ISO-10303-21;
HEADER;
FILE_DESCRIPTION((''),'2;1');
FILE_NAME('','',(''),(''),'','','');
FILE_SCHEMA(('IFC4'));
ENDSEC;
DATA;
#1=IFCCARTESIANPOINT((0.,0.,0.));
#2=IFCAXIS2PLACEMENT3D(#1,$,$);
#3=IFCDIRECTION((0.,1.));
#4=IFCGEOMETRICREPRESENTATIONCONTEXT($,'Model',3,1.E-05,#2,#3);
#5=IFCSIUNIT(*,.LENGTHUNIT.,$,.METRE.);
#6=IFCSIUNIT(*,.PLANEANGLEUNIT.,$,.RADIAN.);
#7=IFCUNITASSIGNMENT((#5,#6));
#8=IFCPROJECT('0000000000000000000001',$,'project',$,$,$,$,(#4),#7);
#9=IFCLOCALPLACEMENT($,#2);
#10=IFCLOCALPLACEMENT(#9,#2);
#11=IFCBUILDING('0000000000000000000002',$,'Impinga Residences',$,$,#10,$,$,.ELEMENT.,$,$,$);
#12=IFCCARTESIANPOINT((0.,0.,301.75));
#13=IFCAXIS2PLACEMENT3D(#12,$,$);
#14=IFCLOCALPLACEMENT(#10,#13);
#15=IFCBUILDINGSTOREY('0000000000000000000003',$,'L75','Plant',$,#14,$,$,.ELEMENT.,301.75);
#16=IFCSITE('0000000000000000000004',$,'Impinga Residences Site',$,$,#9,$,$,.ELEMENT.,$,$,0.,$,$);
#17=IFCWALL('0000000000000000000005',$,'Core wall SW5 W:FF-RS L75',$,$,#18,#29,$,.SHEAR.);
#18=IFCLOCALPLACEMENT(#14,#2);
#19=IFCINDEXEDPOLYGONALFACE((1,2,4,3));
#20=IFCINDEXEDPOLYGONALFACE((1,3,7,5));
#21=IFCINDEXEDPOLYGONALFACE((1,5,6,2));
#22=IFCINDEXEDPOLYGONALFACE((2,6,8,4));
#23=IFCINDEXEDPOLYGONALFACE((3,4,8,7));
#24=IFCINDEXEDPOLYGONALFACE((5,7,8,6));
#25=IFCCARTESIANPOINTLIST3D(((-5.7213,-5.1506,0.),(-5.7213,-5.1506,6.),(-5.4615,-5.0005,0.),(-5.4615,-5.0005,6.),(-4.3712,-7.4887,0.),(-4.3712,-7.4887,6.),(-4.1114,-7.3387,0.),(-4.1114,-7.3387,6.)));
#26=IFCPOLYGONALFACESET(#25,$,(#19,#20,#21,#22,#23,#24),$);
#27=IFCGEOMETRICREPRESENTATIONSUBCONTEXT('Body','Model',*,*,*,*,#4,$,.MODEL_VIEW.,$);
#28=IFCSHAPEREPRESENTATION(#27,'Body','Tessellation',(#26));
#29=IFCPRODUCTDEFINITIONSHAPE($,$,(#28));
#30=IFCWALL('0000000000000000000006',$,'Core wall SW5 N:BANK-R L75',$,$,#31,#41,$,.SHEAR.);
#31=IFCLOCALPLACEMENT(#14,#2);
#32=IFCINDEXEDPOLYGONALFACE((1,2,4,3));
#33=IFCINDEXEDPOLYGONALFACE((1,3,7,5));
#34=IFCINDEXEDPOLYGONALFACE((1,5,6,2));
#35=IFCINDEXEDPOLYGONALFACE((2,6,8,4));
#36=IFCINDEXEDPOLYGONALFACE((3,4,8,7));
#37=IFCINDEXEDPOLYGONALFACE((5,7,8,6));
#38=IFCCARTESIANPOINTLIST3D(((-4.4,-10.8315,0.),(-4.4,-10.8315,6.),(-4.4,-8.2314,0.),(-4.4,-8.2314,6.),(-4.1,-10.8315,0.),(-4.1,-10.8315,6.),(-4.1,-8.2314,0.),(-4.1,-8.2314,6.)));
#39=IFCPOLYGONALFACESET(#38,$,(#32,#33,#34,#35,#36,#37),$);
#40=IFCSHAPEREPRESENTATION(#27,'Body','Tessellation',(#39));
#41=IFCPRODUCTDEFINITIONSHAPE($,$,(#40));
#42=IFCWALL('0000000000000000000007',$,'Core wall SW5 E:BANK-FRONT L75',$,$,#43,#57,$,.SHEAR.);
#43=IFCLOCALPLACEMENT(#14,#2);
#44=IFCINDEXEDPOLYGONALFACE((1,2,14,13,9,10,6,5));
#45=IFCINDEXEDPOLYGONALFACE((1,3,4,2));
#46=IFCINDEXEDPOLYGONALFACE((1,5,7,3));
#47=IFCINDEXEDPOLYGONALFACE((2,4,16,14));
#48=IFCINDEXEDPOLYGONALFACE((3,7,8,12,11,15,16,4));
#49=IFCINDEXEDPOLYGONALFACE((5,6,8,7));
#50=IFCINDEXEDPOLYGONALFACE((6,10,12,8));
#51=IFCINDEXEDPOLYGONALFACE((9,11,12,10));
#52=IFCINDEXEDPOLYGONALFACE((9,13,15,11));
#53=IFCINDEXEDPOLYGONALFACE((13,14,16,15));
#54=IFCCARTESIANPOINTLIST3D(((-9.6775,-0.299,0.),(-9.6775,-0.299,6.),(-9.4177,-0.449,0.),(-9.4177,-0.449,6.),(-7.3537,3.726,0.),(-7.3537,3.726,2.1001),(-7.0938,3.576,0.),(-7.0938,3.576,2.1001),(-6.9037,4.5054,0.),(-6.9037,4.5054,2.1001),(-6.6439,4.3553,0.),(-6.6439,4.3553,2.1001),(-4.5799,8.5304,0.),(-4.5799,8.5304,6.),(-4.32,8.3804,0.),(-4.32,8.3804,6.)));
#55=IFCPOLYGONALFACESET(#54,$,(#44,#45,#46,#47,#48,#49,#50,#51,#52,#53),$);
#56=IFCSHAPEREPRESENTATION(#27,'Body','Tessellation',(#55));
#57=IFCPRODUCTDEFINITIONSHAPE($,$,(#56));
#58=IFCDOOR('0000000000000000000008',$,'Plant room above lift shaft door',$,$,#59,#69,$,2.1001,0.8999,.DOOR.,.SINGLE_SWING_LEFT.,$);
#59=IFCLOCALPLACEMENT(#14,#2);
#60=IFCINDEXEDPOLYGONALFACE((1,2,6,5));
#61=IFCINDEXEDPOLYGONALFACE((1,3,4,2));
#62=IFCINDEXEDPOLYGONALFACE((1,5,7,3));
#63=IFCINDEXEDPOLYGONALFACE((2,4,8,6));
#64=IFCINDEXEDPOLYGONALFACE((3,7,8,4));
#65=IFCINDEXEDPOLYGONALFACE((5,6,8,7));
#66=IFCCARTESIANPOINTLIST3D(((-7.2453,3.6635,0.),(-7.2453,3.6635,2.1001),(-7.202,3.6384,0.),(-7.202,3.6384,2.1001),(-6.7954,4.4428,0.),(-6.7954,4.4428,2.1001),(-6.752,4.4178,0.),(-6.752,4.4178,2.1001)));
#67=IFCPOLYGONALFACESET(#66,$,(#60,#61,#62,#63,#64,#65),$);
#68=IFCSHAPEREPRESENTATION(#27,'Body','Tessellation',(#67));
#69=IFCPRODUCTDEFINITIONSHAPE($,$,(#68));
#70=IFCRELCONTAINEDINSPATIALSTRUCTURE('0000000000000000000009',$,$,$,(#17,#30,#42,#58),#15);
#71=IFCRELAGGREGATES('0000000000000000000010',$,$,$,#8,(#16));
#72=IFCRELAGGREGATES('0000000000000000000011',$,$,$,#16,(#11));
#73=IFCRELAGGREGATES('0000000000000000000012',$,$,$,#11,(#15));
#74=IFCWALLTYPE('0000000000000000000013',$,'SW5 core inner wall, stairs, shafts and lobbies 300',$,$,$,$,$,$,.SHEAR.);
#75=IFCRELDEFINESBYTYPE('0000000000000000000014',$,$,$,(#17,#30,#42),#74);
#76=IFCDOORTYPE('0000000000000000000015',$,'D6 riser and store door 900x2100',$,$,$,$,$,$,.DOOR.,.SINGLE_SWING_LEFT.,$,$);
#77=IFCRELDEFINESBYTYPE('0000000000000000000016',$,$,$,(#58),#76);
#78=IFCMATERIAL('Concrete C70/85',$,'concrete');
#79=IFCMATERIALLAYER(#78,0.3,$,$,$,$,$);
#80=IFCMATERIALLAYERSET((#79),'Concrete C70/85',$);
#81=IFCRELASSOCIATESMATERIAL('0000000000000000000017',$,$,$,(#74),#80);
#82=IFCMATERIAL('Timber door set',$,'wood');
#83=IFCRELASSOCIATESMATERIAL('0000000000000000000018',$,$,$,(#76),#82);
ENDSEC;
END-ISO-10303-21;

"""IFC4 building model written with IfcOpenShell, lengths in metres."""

from ifc_helpers import new_model, si_unit, direction, frame, frame_2d, origin, place, context, subcontext, project, spatial, rectangle, extrude, material, layer, layer_set, type_object, element, fill, save


model = new_model("IFC4")

# Units and contexts
model_context = context("Model", 3, precision=1e-05, world=origin(), true_north=direction((0.0, 1.0)))
body_context = subcontext(model_context, "Body", "Model", "MODEL_VIEW")
ifc_project = project(units=[si_unit("LENGTHUNIT", "METRE"), si_unit("PLANEANGLEUNIT", "RADIAN")], contexts=[model_context])

# Site, building, storey
site_placement = place(None, origin())
site = spatial("IfcSite", under=ifc_project, at=site_placement, Name="Impinga Residences Site", CompositionType="ELEMENT", RefElevation=0.0)
building_placement = place(site_placement, origin())
building = spatial("IfcBuilding", under=site, at=building_placement, Name="Impinga Residences", CompositionType="ELEMENT")
storey_placement = place(building_placement, frame((0.0, 0.0, 301.75)))
storey = spatial("IfcBuildingStorey", under=building, at=storey_placement, Name="L75", Description="Plant", CompositionType="ELEMENT", Elevation=301.75)

# Shared definitions
ifc_material_1 = material(Name="Concrete C70/85", Category="concrete")
ifc_layer_1 = layer(ifc_material_1, 0.3)
ifc_layer_set_1 = layer_set([ifc_layer_1], Name="Concrete C70/85")
wall_type_1 = type_object("IfcWallType", Name="SW5 core inner wall, stairs, shafts and lobbies 300", PredefinedType="SHEAR", material=ifc_layer_set_1)
ifc_material_2 = material(Name="Timber door set", Category="wood")
door_type_1 = type_object("IfcDoorType", Name="D6 riser and store door 900x2100", OperationType="SINGLE_SWING_LEFT", PredefinedType="DOOR", material=ifc_material_2)

# Walls
wall_1_placement = place(storey_placement, frame((-4.2412, -7.4138, 0.0), z_axis=(0.0, 0.0, 1.0), x_axis=(-0.500049, 0.865997, 0.0)))
element("IfcWall", 1, at=wall_1_placement, inside=storey, type_object=wall_type_1, Name="Core wall SW5 W:FF-RS L75", PredefinedType="SHEAR", context=body_context, shape_type="SweptSolid", body=[
    extrude(rectangle(XDim=2.7, YDim=0.3, at=frame_2d((1.3501, 0.0))), origin(), (0.0, 0.0, 1.0), 6.0),
])
wall_2_placement = place(storey_placement, frame((-4.25, -8.2314, 0.0), z_axis=(0.0, 0.0, 1.0), x_axis=(0.0, -1.0, 0.0)))
element("IfcWall", 2, at=wall_2_placement, inside=storey, type_object=wall_type_1, Name="Core wall SW5 N:BANK-R L75", PredefinedType="SHEAR", context=body_context, shape_type="SweptSolid", body=[
    extrude(rectangle(XDim=2.6001, YDim=0.3, at=frame_2d((1.3, 0.0))), origin(), (0.0, 0.0, 1.0), 6.0),
])

# Wall, opening, door
wall_3_placement = place(storey_placement, frame((-9.5476, -0.374, 0.0), z_axis=(0.0, 0.0, 1.0), x_axis=(0.500002, 0.866024, 0.0)))
wall_3 = element("IfcWall", 3, at=wall_3_placement, inside=storey, type_object=wall_type_1, Name="Core wall SW5 E:BANK-FRONT L75", PredefinedType="SHEAR", context=body_context, shape_type="SweptSolid", body=[
    extrude(rectangle(XDim=10.1953, YDim=0.3, at=frame_2d((5.0977, 0.0))), origin(), (0.0, 0.0, 1.0), 6.0),
])
opening_1_placement = place(wall_3_placement, frame((4.6477, 0.0, 0.0)))
opening_1 = element("IfcOpeningElement", 4, at=opening_1_placement, cuts=wall_3, PredefinedType="OPENING", context=body_context, shape_type="SweptSolid", body=[
    extrude(rectangle(XDim=0.8999, YDim=2.1001, at=frame_2d((0.45, 1.05))), frame((0.0, 0.1599, 0.0), z_axis=(0.0, -1.0, 0.0), x_axis=(1.0, 0.0, 0.0)), (0.0, 0.0, 1.0), 0.3201),
])
door_1_placement = place(opening_1_placement, origin())
door_1 = element("IfcDoor", 5, at=door_1_placement, inside=storey, type_object=door_type_1, Name="Plant room above lift shaft door", OperationType="SINGLE_SWING_LEFT", OverallHeight=2.1001, OverallWidth=0.8999, PredefinedType="DOOR", context=body_context, shape_type="SweptSolid", body=[
    extrude(rectangle(XDim=0.8999, YDim=2.1001, at=frame_2d((0.45, 1.05))), frame((0.0, 0.0249, 0.0), z_axis=(0.0, -1.0, 0.0), x_axis=(1.0, 0.0, 0.0)), (0.0, 0.0, 1.0), 0.05),
])
fill(opening_1, door_1)

save(model, "model.ifc")
